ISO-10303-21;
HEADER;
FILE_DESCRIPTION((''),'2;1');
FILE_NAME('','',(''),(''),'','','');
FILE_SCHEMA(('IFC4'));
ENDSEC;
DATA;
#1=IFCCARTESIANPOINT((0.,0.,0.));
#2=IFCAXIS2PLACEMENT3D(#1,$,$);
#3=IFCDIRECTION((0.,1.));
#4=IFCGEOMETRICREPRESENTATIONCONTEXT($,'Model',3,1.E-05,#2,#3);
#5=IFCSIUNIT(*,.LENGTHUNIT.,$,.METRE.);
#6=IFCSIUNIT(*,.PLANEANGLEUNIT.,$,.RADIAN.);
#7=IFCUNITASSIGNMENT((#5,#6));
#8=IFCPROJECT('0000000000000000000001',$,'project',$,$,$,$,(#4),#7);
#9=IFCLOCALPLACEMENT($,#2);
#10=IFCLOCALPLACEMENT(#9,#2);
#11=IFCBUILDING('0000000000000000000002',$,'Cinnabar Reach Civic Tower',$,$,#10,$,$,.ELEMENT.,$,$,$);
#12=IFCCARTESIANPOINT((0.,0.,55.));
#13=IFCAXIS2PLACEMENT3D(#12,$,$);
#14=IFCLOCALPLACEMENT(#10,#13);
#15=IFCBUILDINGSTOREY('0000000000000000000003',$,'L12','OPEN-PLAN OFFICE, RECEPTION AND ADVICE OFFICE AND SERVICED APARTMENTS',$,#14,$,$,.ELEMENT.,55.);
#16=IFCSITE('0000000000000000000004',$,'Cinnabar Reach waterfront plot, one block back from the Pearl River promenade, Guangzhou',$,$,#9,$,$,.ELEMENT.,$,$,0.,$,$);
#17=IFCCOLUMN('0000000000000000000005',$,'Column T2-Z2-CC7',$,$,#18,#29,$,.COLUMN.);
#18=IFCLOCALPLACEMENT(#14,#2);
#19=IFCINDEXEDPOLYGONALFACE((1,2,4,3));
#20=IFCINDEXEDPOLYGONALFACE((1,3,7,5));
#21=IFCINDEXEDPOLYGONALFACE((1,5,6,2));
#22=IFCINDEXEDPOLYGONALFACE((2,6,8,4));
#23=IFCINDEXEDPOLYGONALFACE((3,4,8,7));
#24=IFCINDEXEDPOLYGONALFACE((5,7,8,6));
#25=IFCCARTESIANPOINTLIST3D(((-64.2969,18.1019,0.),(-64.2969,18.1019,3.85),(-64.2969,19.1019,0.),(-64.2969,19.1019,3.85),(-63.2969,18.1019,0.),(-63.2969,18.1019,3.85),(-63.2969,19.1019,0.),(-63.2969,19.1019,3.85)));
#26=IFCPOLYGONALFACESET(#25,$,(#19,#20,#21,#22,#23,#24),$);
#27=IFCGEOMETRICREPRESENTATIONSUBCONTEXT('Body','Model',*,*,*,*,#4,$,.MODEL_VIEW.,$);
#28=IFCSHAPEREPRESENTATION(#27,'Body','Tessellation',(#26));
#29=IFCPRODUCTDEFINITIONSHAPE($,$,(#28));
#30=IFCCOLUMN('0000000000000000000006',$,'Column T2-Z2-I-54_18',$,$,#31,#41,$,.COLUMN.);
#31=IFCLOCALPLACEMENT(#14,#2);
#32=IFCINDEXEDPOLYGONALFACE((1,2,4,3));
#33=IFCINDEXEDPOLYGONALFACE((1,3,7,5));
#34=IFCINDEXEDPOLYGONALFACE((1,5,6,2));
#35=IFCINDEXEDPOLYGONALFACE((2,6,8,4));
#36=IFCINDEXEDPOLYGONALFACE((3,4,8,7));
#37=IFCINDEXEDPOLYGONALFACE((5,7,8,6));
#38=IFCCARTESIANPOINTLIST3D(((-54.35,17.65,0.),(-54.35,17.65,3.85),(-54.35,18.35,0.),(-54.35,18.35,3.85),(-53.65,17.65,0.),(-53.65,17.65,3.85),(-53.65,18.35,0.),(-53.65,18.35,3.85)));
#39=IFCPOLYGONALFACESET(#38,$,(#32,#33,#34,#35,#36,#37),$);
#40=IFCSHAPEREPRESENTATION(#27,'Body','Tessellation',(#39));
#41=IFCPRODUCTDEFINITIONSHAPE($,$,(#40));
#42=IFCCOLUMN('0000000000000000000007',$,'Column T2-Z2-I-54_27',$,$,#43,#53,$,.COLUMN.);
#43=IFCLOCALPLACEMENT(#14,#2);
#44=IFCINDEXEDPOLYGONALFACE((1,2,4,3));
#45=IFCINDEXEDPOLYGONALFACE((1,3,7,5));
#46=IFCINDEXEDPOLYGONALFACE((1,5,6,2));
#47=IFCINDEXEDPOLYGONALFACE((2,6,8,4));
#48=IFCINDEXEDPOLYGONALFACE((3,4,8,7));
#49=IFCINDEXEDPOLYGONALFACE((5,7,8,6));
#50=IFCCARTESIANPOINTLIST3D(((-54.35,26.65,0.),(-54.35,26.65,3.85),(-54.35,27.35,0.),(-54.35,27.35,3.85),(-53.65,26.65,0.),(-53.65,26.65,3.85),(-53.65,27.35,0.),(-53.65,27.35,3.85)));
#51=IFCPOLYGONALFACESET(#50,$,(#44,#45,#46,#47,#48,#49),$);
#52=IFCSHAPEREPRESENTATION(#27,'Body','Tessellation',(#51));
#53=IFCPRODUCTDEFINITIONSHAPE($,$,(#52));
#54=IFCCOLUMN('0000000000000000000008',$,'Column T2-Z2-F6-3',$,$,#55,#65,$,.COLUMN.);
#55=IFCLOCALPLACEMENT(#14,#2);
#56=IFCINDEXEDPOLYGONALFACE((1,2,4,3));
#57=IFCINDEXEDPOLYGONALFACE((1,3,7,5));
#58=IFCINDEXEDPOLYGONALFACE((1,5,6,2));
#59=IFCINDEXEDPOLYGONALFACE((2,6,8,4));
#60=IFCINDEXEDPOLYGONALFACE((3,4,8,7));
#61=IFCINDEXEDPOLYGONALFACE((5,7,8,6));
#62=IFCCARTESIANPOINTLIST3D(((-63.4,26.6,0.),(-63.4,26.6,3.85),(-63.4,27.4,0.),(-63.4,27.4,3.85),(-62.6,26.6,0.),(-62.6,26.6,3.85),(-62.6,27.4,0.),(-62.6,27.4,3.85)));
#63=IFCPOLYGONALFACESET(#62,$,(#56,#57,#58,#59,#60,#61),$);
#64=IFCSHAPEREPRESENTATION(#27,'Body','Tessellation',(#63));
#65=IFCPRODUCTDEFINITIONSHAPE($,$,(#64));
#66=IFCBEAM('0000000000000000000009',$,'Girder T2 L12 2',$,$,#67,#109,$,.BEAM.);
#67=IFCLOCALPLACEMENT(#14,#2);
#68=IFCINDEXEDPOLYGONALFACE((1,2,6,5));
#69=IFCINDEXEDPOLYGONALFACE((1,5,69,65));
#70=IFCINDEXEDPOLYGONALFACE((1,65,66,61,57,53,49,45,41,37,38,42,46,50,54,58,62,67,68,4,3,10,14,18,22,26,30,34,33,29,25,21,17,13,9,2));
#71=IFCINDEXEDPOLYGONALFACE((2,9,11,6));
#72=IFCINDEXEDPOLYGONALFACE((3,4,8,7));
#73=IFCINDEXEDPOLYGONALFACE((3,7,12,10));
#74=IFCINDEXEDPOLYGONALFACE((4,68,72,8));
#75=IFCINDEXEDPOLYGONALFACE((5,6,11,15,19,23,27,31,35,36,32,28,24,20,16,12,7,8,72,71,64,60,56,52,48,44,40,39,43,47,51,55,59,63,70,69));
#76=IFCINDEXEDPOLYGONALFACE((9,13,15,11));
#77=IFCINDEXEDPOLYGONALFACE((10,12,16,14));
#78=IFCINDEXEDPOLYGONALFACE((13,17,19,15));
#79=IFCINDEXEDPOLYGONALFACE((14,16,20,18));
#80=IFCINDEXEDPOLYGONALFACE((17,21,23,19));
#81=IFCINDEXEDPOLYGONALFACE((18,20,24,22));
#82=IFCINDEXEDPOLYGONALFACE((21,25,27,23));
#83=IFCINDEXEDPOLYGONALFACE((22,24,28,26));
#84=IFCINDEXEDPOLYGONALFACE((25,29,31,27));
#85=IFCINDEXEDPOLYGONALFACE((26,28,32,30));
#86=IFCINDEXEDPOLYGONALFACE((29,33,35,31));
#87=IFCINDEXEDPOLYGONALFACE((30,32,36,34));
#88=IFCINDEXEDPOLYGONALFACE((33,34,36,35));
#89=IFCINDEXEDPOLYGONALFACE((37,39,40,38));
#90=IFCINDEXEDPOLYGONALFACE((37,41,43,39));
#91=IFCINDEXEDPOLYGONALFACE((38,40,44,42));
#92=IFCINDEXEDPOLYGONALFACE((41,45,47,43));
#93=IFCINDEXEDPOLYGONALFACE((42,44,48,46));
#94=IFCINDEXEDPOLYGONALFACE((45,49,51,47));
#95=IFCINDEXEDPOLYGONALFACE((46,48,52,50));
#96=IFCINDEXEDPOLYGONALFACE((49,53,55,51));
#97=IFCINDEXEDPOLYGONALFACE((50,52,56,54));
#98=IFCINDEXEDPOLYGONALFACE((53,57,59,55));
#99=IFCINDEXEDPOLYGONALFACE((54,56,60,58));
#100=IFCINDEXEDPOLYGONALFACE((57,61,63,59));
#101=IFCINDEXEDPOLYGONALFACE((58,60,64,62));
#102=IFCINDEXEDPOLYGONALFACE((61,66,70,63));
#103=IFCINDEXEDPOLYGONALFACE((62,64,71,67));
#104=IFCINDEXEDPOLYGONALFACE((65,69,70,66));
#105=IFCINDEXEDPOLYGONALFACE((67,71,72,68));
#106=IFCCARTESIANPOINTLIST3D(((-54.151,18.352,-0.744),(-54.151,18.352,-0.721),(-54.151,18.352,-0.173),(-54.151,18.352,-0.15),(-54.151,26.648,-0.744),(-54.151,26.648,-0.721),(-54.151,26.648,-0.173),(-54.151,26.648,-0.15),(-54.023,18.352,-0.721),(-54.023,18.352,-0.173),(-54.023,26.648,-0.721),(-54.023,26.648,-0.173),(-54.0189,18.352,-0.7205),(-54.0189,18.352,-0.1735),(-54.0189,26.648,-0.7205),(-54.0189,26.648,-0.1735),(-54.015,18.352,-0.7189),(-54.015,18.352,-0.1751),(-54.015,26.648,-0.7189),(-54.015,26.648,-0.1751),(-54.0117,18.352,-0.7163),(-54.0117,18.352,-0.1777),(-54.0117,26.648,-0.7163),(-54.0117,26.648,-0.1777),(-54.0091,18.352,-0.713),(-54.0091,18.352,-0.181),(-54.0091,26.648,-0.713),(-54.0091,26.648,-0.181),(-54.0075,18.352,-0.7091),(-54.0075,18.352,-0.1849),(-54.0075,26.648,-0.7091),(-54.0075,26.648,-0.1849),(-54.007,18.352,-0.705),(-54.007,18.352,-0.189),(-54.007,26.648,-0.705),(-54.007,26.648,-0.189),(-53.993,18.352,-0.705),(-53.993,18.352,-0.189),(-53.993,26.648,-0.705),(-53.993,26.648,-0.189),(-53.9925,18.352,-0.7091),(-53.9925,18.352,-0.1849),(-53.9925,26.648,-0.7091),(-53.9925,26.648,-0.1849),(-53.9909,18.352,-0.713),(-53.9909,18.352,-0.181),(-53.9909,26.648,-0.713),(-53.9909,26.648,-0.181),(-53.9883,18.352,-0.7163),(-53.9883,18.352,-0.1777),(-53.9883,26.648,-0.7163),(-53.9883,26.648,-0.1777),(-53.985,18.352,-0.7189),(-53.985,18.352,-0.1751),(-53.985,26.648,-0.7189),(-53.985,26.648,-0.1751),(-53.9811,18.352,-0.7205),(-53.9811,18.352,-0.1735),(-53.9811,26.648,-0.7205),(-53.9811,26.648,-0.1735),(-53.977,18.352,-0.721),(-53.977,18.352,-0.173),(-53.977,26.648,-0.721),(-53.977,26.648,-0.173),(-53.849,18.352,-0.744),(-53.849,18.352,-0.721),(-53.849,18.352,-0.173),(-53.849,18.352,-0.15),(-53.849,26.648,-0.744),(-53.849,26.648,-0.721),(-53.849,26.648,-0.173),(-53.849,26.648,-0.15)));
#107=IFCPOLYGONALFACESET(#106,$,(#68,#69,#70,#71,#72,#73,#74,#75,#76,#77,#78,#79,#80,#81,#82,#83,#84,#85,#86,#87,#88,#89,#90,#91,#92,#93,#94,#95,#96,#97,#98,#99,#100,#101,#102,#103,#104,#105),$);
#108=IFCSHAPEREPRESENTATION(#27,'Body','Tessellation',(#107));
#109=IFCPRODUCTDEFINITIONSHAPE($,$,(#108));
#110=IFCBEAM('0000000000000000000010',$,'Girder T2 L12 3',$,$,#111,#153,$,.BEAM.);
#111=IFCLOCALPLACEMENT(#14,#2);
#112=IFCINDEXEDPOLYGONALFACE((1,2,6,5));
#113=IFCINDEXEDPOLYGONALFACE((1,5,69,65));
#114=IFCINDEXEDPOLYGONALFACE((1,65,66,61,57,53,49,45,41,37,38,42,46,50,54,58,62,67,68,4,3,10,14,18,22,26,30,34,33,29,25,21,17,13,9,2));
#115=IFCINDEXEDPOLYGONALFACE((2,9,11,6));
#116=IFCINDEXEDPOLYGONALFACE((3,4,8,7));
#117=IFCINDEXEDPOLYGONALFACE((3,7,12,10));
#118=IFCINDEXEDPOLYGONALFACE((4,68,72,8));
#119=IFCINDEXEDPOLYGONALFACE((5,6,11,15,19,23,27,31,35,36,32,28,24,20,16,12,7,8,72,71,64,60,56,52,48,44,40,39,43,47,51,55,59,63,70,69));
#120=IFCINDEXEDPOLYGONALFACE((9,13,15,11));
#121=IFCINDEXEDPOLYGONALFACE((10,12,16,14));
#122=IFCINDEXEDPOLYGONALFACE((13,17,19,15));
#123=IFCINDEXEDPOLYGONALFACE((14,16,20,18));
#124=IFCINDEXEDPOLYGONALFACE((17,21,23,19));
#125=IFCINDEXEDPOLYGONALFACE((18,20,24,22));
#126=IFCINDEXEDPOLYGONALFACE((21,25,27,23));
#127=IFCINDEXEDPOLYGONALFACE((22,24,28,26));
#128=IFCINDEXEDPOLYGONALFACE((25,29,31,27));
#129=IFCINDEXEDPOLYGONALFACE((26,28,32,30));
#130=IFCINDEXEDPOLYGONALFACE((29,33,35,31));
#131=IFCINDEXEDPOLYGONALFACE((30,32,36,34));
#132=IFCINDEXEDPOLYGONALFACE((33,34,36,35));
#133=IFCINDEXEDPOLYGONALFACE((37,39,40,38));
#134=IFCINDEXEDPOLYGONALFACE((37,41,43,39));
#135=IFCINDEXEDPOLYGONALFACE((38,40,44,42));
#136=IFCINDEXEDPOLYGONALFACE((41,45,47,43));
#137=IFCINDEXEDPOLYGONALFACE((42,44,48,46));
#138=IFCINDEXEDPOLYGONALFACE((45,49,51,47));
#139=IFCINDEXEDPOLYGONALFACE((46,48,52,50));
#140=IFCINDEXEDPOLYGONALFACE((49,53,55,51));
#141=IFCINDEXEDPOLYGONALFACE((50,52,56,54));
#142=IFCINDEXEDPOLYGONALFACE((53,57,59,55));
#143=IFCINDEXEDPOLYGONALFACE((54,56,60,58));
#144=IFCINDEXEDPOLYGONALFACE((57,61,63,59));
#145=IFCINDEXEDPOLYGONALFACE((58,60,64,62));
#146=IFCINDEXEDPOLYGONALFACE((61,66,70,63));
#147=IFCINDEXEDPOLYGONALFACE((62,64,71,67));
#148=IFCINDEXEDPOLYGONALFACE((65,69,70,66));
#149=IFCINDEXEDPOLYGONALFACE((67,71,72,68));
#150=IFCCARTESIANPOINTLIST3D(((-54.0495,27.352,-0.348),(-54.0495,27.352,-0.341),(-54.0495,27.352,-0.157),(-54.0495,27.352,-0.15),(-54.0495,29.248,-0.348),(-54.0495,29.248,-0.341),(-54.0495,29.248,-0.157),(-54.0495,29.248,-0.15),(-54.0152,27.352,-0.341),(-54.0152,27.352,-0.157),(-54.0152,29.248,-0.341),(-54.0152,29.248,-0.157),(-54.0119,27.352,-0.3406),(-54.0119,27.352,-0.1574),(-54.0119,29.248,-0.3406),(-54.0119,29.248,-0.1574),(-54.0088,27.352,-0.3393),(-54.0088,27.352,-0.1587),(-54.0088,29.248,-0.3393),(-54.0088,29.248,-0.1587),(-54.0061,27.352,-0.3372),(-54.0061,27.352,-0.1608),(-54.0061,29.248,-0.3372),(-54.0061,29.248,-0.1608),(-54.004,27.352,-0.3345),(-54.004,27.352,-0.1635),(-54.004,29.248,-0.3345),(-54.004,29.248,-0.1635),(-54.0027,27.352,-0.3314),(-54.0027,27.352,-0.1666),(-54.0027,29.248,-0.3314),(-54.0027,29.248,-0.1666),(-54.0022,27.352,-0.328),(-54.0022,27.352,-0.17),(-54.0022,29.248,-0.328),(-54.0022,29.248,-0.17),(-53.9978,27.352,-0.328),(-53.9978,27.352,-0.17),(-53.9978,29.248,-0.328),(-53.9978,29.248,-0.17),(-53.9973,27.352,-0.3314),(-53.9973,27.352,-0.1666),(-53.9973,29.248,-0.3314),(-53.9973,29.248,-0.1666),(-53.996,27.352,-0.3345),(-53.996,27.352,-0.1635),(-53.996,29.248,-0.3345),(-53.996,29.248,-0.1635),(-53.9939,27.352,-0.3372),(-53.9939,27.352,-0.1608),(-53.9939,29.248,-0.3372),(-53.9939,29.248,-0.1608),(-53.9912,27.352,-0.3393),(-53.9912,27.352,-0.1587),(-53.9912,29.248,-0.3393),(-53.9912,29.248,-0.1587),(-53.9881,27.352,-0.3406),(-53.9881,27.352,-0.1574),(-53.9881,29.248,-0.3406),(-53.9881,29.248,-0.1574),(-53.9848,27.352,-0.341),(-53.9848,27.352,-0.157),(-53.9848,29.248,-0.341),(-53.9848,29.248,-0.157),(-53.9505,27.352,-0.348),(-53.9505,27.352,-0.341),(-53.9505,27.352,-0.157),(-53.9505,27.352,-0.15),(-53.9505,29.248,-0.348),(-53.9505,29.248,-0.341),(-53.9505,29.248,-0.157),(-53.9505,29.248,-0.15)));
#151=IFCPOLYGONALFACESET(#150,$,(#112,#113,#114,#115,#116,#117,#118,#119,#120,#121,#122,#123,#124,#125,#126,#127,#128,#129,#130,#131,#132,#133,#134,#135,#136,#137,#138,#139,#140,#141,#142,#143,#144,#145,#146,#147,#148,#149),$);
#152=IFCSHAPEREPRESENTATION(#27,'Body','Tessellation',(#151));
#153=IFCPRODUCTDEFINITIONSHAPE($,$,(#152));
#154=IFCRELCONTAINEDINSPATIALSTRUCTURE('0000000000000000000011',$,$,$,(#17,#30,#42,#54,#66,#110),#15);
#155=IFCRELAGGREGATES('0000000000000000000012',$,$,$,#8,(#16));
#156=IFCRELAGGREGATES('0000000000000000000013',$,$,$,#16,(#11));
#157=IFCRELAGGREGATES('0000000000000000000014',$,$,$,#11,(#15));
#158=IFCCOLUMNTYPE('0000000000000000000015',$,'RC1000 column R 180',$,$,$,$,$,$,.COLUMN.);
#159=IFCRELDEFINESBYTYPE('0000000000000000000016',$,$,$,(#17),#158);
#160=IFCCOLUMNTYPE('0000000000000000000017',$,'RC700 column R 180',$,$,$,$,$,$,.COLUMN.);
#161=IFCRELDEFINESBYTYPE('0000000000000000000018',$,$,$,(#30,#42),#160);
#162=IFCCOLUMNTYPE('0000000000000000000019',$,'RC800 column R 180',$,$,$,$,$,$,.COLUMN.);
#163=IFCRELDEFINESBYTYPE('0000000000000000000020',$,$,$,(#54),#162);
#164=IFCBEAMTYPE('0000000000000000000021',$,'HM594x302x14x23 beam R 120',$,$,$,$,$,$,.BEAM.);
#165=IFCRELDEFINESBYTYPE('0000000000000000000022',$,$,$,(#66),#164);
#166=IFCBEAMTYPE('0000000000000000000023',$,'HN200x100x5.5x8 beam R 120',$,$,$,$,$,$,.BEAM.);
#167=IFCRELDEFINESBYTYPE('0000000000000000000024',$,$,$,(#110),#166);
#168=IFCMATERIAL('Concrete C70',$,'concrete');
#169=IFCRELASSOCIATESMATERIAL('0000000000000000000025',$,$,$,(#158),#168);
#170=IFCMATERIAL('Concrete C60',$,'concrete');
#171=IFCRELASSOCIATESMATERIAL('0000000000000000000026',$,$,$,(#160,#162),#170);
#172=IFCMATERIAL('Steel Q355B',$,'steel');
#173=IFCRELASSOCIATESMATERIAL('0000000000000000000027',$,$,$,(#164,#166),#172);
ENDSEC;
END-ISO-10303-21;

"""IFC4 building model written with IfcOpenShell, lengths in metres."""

from ifc_helpers import new_model, si_unit, direction, frame, origin, origin_2d, place, context, subcontext, project, spatial, rectangle, i_section, extrude, material, material_profile, profile_set, type_object, element, save


model = new_model("IFC4")

# Units and contexts
model_context = context("Model", 3, precision=1e-05, world=origin(), true_north=direction((0.0, 1.0)))
body_context = subcontext(model_context, "Body", "Model", "MODEL_VIEW")
ifc_project = project(units=[si_unit("LENGTHUNIT", "METRE"), si_unit("PLANEANGLEUNIT", "RADIAN")], contexts=[model_context])

# Site, building, storey
site_placement = place(None, origin())
site = spatial("IfcSite", under=ifc_project, at=site_placement, Name="Cinnabar Reach waterfront plot, one block back from the Pearl River promenade, Guangzhou", CompositionType="ELEMENT", RefElevation=0.0)
building_placement = place(site_placement, origin())
building = spatial("IfcBuilding", under=site, at=building_placement, Name="Cinnabar Reach Civic Tower", CompositionType="ELEMENT")
storey_placement = place(building_placement, frame((0.0, 0.0, 55.0)))
storey = spatial("IfcBuildingStorey", under=building, at=storey_placement, Name="L12", Description="OPEN-PLAN OFFICE, RECEPTION AND ADVICE OFFICE AND SERVICED APARTMENTS", CompositionType="ELEMENT", Elevation=55.0)

# Columns
ifc_material_1 = material(Name="Concrete C70", Category="concrete")
ifc_material_profile_1 = material_profile(ifc_material_1, rectangle(XDim=1.0, YDim=1.0, at=origin_2d()), Name="RC1000")
ifc_profile_set_1 = profile_set([ifc_material_profile_1], Name="Concrete C70")
column_type_1 = type_object("IfcColumnType", Name="RC1000 column R 180", PredefinedType="COLUMN", material=ifc_profile_set_1)
column_1_placement = place(storey_placement, frame((-63.7969, 18.6019, 0.0), z_axis=(0.0, 0.0, 1.0), x_axis=(1.0, 0.0, 0.0)))
element("IfcColumn", 1, at=column_1_placement, inside=storey, type_object=column_type_1, Name="Column T2-Z2-CC7", PredefinedType="COLUMN", context=body_context, shape_type="SweptSolid", body=[
    extrude(rectangle(XDim=1.0, YDim=1.0, at=origin_2d()), origin(), (0.0, 0.0, 1.0), 3.85),
])
ifc_material_2 = material(Name="Concrete C60", Category="concrete")
ifc_material_profile_2 = material_profile(ifc_material_2, rectangle(XDim=0.7, YDim=0.7, at=origin_2d()), Name="RC700")
ifc_profile_set_2 = profile_set([ifc_material_profile_2], Name="Concrete C60")
column_type_2 = type_object("IfcColumnType", Name="RC700 column R 180", PredefinedType="COLUMN", material=ifc_profile_set_2)
for number, where, z_axis, x_axis, name in (
    (2, (-54.0, 18.0, 0.0), (0.0, 0.0, 1.0), (1.0, 0.0, 0.0), "Column T2-Z2-I-54_18"),
    (3, (-54.0, 27.0, 0.0), (0.0, 0.0, 1.0), (1.0, 0.0, 0.0), "Column T2-Z2-I-54_27"),
):
    element("IfcColumn", number, at=place(storey_placement, frame(where, z_axis=z_axis, x_axis=x_axis)), inside=storey, type_object=column_type_2, Name=name, PredefinedType="COLUMN", context=body_context, shape_type="SweptSolid", body=[
        extrude(rectangle(XDim=0.7, YDim=0.7, at=origin_2d()), origin(), (0.0, 0.0, 1.0), 3.85),
    ])
ifc_material_profile_3 = material_profile(ifc_material_2, rectangle(XDim=0.8, YDim=0.8, at=origin_2d()), Name="RC800")
ifc_profile_set_3 = profile_set([ifc_material_profile_3], Name="Concrete C60")
column_type_3 = type_object("IfcColumnType", Name="RC800 column R 180", PredefinedType="COLUMN", material=ifc_profile_set_3)
column_2_placement = place(storey_placement, frame((-63.0, 27.0, 0.0), z_axis=(0.0, 0.0, 1.0), x_axis=(1.0, 0.0, 0.0)))
element("IfcColumn", 4, at=column_2_placement, inside=storey, type_object=column_type_3, Name="Column T2-Z2-F6-3", PredefinedType="COLUMN", context=body_context, shape_type="SweptSolid", body=[
    extrude(rectangle(XDim=0.8, YDim=0.8, at=origin_2d()), origin(), (0.0, 0.0, 1.0), 3.85),
])

# Beams
ifc_material_3 = material(Name="Steel Q355B", Category="steel")
ifc_material_profile_4 = material_profile(ifc_material_3, i_section(OverallWidth=0.302, OverallDepth=0.594, WebThickness=0.014, FlangeThickness=0.023, FilletRadius=0.016, at=origin_2d()), Name="HM594x302x14x23")
ifc_profile_set_4 = profile_set([ifc_material_profile_4], Name="Steel Q355B")
beam_type_1 = type_object("IfcBeamType", Name="HM594x302x14x23 beam R 120", PredefinedType="BEAM", material=ifc_profile_set_4)
beam_1_placement = place(storey_placement, frame((-54.0, 18.352, -0.447), z_axis=(0.0, 1.0, 0.0), x_axis=(-1.0, 0.0, 0.0)))
element("IfcBeam", 5, at=beam_1_placement, inside=storey, type_object=beam_type_1, Name="Girder T2 L12 2", PredefinedType="BEAM", context=body_context, shape_type="SweptSolid", body=[
    extrude(i_section(OverallWidth=0.302, OverallDepth=0.594, WebThickness=0.014, FlangeThickness=0.023, FilletRadius=0.016, at=origin_2d()), origin(), (0.0, 0.0, 1.0), 8.296),
])
ifc_material_profile_5 = material_profile(ifc_material_3, i_section(OverallWidth=0.099, OverallDepth=0.198, WebThickness=0.0045, FlangeThickness=0.007, FilletRadius=0.013, at=origin_2d()), Name="HN200x100x5.5x8")
ifc_profile_set_5 = profile_set([ifc_material_profile_5], Name="Steel Q355B")
beam_type_2 = type_object("IfcBeamType", Name="HN200x100x5.5x8 beam R 120", PredefinedType="BEAM", material=ifc_profile_set_5)
beam_2_placement = place(storey_placement, frame((-54.0, 27.352, -0.249), z_axis=(0.0, 1.0, 0.0), x_axis=(-1.0, 0.0, 0.0)))
element("IfcBeam", 6, at=beam_2_placement, inside=storey, type_object=beam_type_2, Name="Girder T2 L12 3", PredefinedType="BEAM", context=body_context, shape_type="SweptSolid", body=[
    extrude(i_section(OverallWidth=0.099, OverallDepth=0.198, WebThickness=0.0045, FlangeThickness=0.007, FilletRadius=0.013, at=origin_2d()), origin(), (0.0, 0.0, 1.0), 1.896),
])

save(model, "model.ifc")
